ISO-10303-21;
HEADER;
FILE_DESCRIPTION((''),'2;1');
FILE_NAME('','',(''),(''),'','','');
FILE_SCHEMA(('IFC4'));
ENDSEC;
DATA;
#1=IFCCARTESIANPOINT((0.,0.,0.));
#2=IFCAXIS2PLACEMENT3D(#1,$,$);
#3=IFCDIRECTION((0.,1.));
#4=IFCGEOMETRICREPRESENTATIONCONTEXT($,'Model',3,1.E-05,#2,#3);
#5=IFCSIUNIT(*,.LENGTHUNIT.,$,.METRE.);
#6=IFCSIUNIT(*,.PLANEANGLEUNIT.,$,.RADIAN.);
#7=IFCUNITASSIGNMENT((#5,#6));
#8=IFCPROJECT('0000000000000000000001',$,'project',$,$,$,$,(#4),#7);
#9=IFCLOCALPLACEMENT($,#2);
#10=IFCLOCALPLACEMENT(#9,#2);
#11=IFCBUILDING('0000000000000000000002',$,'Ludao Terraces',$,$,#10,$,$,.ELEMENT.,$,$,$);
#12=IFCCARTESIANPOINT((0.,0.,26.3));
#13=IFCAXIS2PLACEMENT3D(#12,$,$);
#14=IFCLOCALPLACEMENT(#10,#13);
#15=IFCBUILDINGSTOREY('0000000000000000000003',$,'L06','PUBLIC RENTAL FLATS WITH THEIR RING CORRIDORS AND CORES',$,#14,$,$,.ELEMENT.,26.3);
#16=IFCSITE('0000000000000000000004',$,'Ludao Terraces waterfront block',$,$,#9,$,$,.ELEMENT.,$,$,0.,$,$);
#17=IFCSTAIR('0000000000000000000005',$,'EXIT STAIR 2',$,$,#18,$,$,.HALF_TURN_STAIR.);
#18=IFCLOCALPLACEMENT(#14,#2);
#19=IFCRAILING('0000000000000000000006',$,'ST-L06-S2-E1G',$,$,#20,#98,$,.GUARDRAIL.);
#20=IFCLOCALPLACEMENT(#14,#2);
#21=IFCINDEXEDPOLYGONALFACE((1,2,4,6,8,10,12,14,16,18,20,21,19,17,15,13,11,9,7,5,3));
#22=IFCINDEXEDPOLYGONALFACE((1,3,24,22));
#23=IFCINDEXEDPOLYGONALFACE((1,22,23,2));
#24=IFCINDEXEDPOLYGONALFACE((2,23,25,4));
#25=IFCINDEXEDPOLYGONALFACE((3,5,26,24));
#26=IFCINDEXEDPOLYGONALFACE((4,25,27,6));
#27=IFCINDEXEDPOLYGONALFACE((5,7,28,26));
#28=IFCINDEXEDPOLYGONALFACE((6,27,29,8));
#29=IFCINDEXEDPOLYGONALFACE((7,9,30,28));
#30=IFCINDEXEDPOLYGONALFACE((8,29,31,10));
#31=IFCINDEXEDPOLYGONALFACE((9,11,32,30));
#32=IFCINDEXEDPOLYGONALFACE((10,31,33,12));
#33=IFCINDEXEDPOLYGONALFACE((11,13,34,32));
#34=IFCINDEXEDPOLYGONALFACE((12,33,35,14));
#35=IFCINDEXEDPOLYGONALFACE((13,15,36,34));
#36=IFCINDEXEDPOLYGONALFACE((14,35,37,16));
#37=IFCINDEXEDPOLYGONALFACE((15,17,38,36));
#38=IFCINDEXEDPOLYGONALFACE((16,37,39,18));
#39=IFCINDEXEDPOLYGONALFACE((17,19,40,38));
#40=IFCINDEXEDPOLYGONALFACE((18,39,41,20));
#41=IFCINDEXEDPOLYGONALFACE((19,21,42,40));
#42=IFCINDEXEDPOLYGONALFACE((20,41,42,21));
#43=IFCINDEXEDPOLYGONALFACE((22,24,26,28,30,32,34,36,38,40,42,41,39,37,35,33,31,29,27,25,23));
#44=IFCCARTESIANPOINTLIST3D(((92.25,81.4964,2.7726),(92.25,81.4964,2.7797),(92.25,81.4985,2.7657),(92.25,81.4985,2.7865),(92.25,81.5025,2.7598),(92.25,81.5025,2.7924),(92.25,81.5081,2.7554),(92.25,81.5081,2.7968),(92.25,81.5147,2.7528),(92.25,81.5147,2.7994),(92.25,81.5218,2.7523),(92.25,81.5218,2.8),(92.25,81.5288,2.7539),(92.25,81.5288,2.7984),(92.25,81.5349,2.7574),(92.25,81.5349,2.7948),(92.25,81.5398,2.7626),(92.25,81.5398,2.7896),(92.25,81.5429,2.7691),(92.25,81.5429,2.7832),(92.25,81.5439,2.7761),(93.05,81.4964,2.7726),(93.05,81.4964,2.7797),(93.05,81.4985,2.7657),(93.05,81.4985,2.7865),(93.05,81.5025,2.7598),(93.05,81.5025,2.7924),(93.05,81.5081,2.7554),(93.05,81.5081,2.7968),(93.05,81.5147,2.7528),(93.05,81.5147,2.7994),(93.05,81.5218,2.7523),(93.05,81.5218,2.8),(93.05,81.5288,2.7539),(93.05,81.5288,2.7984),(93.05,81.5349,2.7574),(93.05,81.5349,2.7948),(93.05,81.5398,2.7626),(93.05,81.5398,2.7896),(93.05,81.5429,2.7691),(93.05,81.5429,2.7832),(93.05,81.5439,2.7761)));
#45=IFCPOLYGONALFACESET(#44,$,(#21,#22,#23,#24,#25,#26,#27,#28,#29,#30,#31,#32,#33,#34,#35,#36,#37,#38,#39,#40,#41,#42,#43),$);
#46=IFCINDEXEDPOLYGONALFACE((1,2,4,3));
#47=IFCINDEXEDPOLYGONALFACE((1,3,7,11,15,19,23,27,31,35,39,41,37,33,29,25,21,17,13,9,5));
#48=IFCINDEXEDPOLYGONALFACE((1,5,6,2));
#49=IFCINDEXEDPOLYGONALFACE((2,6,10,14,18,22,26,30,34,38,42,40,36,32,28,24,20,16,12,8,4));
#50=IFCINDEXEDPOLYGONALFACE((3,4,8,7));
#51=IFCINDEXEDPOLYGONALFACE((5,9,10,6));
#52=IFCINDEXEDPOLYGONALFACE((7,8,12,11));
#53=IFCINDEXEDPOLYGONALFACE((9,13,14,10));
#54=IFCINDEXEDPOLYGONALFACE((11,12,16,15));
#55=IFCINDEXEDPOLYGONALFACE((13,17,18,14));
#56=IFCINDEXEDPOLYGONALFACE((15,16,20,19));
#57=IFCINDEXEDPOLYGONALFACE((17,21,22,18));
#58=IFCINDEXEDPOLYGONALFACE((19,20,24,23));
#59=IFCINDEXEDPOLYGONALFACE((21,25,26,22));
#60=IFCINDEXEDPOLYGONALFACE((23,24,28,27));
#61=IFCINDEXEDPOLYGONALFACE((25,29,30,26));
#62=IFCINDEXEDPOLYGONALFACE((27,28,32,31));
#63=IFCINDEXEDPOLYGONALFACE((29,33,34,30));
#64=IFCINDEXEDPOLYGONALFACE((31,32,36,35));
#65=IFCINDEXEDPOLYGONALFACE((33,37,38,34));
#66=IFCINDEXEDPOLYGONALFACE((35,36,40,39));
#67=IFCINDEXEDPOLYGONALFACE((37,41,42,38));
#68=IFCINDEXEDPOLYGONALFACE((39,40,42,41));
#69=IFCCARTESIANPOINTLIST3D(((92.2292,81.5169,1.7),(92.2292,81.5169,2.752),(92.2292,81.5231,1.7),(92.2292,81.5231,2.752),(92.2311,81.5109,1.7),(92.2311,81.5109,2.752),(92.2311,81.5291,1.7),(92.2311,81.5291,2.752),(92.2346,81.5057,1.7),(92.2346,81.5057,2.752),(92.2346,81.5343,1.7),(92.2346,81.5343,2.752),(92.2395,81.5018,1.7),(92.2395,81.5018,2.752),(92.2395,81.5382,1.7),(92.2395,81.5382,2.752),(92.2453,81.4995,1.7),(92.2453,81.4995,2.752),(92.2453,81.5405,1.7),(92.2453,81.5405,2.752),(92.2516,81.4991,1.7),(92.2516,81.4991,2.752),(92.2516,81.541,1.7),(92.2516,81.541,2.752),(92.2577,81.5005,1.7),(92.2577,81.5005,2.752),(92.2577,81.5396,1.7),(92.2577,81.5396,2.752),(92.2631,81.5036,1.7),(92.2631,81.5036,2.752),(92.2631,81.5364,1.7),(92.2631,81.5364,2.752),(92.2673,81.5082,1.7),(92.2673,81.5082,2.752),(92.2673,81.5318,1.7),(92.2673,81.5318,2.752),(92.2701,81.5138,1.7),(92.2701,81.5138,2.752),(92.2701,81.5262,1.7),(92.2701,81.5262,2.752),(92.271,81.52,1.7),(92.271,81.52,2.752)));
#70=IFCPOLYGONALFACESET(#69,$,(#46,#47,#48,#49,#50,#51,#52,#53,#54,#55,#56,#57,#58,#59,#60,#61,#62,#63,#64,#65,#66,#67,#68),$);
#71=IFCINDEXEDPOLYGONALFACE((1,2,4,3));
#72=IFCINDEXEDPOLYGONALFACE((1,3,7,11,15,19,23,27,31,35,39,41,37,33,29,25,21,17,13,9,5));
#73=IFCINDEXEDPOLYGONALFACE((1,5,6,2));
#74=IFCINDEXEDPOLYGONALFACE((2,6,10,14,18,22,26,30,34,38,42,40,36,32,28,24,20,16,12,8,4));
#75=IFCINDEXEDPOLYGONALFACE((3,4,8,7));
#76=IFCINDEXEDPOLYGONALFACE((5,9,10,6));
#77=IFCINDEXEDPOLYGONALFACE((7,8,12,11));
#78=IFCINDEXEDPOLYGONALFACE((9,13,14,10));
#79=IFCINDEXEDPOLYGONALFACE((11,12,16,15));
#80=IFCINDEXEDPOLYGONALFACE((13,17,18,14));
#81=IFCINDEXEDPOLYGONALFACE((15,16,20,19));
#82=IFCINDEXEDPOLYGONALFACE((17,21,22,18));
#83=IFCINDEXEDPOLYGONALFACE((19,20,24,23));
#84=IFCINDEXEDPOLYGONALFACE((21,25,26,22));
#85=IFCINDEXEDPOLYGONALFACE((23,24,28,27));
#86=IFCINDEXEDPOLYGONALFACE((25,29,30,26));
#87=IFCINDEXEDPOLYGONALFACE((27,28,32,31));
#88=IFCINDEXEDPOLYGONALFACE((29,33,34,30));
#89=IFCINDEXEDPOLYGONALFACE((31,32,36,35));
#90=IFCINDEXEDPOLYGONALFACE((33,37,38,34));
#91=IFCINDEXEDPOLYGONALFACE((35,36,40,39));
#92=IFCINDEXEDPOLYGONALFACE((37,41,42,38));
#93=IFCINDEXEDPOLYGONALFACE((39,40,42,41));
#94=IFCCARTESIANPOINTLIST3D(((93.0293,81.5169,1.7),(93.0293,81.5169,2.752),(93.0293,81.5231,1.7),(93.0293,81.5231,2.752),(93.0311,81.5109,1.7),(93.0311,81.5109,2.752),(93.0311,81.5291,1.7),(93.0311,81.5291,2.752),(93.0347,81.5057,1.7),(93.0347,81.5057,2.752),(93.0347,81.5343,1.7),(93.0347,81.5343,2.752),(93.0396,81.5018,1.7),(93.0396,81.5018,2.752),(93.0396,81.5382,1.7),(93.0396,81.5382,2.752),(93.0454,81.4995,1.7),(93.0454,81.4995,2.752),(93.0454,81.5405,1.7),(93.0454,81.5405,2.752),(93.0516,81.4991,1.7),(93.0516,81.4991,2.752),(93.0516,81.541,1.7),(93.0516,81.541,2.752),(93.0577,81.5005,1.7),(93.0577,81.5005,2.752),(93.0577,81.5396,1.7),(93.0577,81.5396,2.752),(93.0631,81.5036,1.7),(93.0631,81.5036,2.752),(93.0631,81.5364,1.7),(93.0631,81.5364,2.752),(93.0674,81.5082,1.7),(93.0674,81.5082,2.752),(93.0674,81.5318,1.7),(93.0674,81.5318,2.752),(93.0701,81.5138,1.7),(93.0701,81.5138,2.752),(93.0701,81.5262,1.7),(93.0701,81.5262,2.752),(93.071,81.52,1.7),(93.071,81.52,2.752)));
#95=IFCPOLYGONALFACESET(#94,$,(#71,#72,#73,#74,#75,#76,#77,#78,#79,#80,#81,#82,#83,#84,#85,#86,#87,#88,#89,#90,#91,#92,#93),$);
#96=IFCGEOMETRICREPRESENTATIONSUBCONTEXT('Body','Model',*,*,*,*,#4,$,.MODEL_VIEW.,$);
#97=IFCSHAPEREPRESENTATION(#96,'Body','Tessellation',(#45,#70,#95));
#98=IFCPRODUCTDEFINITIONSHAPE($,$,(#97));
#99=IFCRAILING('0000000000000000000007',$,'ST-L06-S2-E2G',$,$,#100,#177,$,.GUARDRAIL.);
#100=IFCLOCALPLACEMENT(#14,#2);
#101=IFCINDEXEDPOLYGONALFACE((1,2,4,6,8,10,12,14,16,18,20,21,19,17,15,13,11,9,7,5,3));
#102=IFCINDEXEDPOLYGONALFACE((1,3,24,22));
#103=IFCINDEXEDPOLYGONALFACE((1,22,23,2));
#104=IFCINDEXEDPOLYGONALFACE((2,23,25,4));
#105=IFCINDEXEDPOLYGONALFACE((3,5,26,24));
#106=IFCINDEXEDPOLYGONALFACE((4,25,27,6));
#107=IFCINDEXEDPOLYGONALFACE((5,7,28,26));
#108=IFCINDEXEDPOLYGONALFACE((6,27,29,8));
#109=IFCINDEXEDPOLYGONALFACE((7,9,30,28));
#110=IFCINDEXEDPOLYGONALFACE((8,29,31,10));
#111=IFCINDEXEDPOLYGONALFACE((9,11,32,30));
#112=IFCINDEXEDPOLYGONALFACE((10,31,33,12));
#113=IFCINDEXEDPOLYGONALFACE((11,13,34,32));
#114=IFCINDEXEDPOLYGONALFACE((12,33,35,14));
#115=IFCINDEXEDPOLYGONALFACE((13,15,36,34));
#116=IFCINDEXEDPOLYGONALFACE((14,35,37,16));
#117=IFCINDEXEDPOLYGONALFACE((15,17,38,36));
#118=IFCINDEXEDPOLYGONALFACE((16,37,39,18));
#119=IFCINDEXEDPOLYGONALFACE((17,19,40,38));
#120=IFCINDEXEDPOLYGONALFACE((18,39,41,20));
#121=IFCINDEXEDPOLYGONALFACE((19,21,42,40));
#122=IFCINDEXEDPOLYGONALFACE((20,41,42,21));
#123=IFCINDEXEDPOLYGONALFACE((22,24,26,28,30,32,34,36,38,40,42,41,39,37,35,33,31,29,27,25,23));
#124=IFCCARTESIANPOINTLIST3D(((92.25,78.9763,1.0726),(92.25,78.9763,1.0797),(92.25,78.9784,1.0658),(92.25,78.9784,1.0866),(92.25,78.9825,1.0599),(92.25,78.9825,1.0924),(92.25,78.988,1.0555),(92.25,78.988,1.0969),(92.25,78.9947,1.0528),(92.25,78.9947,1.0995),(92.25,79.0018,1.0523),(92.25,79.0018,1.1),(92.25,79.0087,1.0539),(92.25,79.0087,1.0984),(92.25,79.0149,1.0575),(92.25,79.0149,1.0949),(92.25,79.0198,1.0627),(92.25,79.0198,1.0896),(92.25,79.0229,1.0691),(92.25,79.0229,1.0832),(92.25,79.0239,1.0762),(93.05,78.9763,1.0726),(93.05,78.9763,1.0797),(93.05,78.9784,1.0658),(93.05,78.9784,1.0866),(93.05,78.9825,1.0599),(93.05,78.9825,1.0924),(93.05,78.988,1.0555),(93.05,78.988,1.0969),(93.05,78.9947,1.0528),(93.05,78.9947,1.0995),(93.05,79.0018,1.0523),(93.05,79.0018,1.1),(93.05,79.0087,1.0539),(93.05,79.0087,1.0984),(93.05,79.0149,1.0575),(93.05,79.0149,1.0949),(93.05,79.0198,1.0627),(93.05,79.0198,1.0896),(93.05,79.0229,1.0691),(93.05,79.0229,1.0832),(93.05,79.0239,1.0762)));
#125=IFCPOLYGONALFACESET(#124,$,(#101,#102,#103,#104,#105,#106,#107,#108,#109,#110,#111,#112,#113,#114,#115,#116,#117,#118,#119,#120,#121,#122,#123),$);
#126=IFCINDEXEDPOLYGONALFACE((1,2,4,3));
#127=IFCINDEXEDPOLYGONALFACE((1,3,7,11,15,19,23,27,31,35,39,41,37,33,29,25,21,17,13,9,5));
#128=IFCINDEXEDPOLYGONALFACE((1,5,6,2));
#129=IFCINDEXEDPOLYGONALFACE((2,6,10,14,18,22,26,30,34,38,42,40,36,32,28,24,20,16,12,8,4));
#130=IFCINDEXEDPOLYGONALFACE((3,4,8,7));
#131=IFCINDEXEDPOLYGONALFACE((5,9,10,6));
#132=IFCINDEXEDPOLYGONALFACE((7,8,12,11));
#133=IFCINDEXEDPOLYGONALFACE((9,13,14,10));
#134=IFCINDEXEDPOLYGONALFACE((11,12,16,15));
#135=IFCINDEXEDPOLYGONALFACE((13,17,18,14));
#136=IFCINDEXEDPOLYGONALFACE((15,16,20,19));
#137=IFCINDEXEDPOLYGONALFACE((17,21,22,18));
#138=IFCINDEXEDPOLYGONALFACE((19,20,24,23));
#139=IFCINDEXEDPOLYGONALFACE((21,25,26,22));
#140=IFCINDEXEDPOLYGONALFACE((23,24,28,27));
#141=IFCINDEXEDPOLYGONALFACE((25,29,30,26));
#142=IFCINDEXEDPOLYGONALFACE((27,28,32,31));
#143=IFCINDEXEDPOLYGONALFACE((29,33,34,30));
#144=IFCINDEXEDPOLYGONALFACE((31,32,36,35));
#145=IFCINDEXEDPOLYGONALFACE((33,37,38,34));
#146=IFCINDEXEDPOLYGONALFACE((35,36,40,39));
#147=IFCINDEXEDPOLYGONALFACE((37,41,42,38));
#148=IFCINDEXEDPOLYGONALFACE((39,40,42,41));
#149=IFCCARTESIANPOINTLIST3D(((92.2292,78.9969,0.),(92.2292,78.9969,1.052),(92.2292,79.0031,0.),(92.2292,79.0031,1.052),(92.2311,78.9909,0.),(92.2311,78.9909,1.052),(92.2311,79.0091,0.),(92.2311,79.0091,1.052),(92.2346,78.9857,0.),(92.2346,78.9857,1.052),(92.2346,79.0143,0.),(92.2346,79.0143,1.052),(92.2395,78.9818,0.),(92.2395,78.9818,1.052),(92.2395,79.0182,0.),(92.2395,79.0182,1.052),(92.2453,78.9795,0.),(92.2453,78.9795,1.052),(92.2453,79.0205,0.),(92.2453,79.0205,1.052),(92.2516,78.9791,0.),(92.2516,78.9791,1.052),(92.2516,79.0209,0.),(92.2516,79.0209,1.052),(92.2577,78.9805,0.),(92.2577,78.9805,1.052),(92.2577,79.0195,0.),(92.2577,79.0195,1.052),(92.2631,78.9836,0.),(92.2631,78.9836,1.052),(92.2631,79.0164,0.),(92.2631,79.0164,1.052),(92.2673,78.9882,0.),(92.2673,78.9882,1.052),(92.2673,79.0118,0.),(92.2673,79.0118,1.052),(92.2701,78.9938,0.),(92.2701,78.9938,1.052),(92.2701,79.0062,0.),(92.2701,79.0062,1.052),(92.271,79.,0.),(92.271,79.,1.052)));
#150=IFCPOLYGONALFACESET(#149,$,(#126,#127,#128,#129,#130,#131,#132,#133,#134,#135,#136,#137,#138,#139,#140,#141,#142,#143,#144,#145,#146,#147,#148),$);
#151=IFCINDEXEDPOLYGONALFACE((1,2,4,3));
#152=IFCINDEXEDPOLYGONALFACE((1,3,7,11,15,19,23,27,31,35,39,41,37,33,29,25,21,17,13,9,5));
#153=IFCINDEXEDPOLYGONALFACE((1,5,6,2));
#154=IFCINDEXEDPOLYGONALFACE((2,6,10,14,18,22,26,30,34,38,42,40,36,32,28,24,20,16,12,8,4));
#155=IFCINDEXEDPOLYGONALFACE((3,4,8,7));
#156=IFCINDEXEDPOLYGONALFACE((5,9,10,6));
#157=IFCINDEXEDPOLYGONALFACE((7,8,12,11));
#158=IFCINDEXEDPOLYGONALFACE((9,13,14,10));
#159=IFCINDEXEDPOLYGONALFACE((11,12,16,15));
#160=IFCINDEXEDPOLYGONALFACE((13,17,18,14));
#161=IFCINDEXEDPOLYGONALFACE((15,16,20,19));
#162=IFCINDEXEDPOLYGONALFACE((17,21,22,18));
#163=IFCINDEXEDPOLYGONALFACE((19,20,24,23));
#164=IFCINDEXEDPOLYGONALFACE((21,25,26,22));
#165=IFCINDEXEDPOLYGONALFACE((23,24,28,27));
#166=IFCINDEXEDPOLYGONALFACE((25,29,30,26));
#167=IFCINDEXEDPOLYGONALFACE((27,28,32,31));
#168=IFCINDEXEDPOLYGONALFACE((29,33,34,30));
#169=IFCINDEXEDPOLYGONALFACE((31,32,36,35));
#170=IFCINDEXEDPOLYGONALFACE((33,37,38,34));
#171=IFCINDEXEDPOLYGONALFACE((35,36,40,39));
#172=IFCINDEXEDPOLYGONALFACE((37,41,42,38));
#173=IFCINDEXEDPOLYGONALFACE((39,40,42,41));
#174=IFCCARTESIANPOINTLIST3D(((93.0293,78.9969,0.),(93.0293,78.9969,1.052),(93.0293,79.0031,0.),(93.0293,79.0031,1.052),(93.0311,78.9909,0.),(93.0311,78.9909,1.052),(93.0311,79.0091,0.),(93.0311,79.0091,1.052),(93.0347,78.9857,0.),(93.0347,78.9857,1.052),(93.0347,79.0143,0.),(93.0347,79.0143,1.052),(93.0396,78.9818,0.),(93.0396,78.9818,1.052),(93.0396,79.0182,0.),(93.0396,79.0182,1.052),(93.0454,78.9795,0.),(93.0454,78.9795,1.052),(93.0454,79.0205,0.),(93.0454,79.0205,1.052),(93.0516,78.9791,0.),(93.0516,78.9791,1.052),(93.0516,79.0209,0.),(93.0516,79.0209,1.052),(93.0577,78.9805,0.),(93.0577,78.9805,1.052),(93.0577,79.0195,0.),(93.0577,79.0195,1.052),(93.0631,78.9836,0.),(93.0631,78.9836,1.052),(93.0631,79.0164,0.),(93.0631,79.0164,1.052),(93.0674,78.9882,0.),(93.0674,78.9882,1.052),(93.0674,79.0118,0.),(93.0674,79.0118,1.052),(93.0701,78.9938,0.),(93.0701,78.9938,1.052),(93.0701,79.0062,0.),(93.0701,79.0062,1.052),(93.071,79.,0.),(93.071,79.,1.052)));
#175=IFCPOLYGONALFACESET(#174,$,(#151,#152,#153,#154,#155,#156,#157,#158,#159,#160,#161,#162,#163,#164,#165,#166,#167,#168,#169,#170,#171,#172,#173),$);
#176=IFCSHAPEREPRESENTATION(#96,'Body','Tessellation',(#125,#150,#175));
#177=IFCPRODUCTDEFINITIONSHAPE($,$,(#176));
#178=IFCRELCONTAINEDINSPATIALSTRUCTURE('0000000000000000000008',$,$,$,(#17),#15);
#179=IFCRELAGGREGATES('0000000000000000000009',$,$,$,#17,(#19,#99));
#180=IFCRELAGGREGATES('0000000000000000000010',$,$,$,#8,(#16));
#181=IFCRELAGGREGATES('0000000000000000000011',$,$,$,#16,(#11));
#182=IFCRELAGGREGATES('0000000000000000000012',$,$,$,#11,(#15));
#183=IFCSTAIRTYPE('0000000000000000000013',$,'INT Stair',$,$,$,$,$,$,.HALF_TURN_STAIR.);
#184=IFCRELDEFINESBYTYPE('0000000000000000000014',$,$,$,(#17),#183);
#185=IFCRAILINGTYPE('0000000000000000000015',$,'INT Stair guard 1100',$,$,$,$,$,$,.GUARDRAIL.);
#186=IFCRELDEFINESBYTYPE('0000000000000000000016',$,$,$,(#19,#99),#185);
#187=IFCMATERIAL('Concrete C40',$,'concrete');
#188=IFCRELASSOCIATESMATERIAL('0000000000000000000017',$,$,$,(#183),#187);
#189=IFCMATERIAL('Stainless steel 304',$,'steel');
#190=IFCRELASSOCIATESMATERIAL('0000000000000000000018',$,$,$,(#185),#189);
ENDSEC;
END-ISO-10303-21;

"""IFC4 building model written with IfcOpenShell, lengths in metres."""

from ifc_helpers import new_model, si_unit, direction, frame, origin, origin_2d, place, context, subcontext, project, spatial, circle, extrude, material, type_object, element, aggregate, save


model = new_model("IFC4")

# Units and contexts
model_context = context("Model", 3, precision=1e-05, world=origin(), true_north=direction((0.0, 1.0)))
body_context = subcontext(model_context, "Body", "Model", "MODEL_VIEW")
ifc_project = project(units=[si_unit("LENGTHUNIT", "METRE"), si_unit("PLANEANGLEUNIT", "RADIAN")], contexts=[model_context])

# Site, building, storey
site_placement = place(None, origin())
site = spatial("IfcSite", under=ifc_project, at=site_placement, Name="Ludao Terraces waterfront block", CompositionType="ELEMENT", RefElevation=0.0)
building_placement = place(site_placement, origin())
building = spatial("IfcBuilding", under=site, at=building_placement, Name="Ludao Terraces", CompositionType="ELEMENT")
storey_placement = place(building_placement, frame((0.0, 0.0, 26.3)))
storey = spatial("IfcBuildingStorey", under=building, at=storey_placement, Name="L06", Description="PUBLIC RENTAL FLATS WITH THEIR RING CORRIDORS AND CORES", CompositionType="ELEMENT", Elevation=26.3)

# Shared definitions
ifc_material_1 = material(Name="Concrete C40", Category="concrete")

# Shared definitions
ifc_material_2 = material(Name="Stainless steel 304", Category="steel")

# Stair, railings
stair_type = type_object("IfcStairType", Name="INT Stair", PredefinedType="HALF_TURN_STAIR", material=ifc_material_1)
stair_placement = place(storey_placement, origin())
stair = element("IfcStair", 1, at=stair_placement, inside=storey, type_object=stair_type, Name="EXIT STAIR 2", PredefinedType="HALF_TURN_STAIR")
railing_type_1 = type_object("IfcRailingType", Name="INT Stair guard 1100", PredefinedType="GUARDRAIL", material=ifc_material_2)
railing_1_placement = place(storey_placement, frame((92.25, 81.52, 1.7)))
railing_1 = element("IfcRailing", 2, at=railing_1_placement, type_object=railing_type_1, Name="ST-L06-S2-E1G", PredefinedType="GUARDRAIL", context=body_context, shape_type="SweptSolid", body=[
    extrude(circle(Radius=0.0239, at=origin_2d()), frame((0.0, 0.0, 1.0762), z_axis=(1.0, 0.0, 0.0), x_axis=(0.0, 1.0, 0.0)), (0.0, 0.0, 1.0), 0.8),
    extrude(circle(Radius=0.021, at=origin_2d()), origin(), (0.0, 0.0, 1.0), 1.052),
    extrude(circle(Radius=0.021, at=origin_2d()), frame((0.8, 0.0, 0.0)), (0.0, 0.0, 1.0), 1.052),
])
railing_2_placement = place(storey_placement, frame((92.25, 79.0, 0.0)))
railing_2 = element("IfcRailing", 3, at=railing_2_placement, type_object=railing_type_1, Name="ST-L06-S2-E2G", PredefinedType="GUARDRAIL", context=body_context, shape_type="SweptSolid", body=[
    extrude(circle(Radius=0.0239, at=origin_2d()), frame((0.0, 0.0, 1.0762), z_axis=(1.0, 0.0, 0.0), x_axis=(0.0, 1.0, 0.0)), (0.0, 0.0, 1.0), 0.8),
    extrude(circle(Radius=0.021, at=origin_2d()), origin(), (0.0, 0.0, 1.0), 1.052),
    extrude(circle(Radius=0.021, at=origin_2d()), frame((0.8, 0.0, 0.0)), (0.0, 0.0, 1.0), 1.052),
])
aggregate(stair, [railing_1, railing_2])

save(model, "model.ifc")
